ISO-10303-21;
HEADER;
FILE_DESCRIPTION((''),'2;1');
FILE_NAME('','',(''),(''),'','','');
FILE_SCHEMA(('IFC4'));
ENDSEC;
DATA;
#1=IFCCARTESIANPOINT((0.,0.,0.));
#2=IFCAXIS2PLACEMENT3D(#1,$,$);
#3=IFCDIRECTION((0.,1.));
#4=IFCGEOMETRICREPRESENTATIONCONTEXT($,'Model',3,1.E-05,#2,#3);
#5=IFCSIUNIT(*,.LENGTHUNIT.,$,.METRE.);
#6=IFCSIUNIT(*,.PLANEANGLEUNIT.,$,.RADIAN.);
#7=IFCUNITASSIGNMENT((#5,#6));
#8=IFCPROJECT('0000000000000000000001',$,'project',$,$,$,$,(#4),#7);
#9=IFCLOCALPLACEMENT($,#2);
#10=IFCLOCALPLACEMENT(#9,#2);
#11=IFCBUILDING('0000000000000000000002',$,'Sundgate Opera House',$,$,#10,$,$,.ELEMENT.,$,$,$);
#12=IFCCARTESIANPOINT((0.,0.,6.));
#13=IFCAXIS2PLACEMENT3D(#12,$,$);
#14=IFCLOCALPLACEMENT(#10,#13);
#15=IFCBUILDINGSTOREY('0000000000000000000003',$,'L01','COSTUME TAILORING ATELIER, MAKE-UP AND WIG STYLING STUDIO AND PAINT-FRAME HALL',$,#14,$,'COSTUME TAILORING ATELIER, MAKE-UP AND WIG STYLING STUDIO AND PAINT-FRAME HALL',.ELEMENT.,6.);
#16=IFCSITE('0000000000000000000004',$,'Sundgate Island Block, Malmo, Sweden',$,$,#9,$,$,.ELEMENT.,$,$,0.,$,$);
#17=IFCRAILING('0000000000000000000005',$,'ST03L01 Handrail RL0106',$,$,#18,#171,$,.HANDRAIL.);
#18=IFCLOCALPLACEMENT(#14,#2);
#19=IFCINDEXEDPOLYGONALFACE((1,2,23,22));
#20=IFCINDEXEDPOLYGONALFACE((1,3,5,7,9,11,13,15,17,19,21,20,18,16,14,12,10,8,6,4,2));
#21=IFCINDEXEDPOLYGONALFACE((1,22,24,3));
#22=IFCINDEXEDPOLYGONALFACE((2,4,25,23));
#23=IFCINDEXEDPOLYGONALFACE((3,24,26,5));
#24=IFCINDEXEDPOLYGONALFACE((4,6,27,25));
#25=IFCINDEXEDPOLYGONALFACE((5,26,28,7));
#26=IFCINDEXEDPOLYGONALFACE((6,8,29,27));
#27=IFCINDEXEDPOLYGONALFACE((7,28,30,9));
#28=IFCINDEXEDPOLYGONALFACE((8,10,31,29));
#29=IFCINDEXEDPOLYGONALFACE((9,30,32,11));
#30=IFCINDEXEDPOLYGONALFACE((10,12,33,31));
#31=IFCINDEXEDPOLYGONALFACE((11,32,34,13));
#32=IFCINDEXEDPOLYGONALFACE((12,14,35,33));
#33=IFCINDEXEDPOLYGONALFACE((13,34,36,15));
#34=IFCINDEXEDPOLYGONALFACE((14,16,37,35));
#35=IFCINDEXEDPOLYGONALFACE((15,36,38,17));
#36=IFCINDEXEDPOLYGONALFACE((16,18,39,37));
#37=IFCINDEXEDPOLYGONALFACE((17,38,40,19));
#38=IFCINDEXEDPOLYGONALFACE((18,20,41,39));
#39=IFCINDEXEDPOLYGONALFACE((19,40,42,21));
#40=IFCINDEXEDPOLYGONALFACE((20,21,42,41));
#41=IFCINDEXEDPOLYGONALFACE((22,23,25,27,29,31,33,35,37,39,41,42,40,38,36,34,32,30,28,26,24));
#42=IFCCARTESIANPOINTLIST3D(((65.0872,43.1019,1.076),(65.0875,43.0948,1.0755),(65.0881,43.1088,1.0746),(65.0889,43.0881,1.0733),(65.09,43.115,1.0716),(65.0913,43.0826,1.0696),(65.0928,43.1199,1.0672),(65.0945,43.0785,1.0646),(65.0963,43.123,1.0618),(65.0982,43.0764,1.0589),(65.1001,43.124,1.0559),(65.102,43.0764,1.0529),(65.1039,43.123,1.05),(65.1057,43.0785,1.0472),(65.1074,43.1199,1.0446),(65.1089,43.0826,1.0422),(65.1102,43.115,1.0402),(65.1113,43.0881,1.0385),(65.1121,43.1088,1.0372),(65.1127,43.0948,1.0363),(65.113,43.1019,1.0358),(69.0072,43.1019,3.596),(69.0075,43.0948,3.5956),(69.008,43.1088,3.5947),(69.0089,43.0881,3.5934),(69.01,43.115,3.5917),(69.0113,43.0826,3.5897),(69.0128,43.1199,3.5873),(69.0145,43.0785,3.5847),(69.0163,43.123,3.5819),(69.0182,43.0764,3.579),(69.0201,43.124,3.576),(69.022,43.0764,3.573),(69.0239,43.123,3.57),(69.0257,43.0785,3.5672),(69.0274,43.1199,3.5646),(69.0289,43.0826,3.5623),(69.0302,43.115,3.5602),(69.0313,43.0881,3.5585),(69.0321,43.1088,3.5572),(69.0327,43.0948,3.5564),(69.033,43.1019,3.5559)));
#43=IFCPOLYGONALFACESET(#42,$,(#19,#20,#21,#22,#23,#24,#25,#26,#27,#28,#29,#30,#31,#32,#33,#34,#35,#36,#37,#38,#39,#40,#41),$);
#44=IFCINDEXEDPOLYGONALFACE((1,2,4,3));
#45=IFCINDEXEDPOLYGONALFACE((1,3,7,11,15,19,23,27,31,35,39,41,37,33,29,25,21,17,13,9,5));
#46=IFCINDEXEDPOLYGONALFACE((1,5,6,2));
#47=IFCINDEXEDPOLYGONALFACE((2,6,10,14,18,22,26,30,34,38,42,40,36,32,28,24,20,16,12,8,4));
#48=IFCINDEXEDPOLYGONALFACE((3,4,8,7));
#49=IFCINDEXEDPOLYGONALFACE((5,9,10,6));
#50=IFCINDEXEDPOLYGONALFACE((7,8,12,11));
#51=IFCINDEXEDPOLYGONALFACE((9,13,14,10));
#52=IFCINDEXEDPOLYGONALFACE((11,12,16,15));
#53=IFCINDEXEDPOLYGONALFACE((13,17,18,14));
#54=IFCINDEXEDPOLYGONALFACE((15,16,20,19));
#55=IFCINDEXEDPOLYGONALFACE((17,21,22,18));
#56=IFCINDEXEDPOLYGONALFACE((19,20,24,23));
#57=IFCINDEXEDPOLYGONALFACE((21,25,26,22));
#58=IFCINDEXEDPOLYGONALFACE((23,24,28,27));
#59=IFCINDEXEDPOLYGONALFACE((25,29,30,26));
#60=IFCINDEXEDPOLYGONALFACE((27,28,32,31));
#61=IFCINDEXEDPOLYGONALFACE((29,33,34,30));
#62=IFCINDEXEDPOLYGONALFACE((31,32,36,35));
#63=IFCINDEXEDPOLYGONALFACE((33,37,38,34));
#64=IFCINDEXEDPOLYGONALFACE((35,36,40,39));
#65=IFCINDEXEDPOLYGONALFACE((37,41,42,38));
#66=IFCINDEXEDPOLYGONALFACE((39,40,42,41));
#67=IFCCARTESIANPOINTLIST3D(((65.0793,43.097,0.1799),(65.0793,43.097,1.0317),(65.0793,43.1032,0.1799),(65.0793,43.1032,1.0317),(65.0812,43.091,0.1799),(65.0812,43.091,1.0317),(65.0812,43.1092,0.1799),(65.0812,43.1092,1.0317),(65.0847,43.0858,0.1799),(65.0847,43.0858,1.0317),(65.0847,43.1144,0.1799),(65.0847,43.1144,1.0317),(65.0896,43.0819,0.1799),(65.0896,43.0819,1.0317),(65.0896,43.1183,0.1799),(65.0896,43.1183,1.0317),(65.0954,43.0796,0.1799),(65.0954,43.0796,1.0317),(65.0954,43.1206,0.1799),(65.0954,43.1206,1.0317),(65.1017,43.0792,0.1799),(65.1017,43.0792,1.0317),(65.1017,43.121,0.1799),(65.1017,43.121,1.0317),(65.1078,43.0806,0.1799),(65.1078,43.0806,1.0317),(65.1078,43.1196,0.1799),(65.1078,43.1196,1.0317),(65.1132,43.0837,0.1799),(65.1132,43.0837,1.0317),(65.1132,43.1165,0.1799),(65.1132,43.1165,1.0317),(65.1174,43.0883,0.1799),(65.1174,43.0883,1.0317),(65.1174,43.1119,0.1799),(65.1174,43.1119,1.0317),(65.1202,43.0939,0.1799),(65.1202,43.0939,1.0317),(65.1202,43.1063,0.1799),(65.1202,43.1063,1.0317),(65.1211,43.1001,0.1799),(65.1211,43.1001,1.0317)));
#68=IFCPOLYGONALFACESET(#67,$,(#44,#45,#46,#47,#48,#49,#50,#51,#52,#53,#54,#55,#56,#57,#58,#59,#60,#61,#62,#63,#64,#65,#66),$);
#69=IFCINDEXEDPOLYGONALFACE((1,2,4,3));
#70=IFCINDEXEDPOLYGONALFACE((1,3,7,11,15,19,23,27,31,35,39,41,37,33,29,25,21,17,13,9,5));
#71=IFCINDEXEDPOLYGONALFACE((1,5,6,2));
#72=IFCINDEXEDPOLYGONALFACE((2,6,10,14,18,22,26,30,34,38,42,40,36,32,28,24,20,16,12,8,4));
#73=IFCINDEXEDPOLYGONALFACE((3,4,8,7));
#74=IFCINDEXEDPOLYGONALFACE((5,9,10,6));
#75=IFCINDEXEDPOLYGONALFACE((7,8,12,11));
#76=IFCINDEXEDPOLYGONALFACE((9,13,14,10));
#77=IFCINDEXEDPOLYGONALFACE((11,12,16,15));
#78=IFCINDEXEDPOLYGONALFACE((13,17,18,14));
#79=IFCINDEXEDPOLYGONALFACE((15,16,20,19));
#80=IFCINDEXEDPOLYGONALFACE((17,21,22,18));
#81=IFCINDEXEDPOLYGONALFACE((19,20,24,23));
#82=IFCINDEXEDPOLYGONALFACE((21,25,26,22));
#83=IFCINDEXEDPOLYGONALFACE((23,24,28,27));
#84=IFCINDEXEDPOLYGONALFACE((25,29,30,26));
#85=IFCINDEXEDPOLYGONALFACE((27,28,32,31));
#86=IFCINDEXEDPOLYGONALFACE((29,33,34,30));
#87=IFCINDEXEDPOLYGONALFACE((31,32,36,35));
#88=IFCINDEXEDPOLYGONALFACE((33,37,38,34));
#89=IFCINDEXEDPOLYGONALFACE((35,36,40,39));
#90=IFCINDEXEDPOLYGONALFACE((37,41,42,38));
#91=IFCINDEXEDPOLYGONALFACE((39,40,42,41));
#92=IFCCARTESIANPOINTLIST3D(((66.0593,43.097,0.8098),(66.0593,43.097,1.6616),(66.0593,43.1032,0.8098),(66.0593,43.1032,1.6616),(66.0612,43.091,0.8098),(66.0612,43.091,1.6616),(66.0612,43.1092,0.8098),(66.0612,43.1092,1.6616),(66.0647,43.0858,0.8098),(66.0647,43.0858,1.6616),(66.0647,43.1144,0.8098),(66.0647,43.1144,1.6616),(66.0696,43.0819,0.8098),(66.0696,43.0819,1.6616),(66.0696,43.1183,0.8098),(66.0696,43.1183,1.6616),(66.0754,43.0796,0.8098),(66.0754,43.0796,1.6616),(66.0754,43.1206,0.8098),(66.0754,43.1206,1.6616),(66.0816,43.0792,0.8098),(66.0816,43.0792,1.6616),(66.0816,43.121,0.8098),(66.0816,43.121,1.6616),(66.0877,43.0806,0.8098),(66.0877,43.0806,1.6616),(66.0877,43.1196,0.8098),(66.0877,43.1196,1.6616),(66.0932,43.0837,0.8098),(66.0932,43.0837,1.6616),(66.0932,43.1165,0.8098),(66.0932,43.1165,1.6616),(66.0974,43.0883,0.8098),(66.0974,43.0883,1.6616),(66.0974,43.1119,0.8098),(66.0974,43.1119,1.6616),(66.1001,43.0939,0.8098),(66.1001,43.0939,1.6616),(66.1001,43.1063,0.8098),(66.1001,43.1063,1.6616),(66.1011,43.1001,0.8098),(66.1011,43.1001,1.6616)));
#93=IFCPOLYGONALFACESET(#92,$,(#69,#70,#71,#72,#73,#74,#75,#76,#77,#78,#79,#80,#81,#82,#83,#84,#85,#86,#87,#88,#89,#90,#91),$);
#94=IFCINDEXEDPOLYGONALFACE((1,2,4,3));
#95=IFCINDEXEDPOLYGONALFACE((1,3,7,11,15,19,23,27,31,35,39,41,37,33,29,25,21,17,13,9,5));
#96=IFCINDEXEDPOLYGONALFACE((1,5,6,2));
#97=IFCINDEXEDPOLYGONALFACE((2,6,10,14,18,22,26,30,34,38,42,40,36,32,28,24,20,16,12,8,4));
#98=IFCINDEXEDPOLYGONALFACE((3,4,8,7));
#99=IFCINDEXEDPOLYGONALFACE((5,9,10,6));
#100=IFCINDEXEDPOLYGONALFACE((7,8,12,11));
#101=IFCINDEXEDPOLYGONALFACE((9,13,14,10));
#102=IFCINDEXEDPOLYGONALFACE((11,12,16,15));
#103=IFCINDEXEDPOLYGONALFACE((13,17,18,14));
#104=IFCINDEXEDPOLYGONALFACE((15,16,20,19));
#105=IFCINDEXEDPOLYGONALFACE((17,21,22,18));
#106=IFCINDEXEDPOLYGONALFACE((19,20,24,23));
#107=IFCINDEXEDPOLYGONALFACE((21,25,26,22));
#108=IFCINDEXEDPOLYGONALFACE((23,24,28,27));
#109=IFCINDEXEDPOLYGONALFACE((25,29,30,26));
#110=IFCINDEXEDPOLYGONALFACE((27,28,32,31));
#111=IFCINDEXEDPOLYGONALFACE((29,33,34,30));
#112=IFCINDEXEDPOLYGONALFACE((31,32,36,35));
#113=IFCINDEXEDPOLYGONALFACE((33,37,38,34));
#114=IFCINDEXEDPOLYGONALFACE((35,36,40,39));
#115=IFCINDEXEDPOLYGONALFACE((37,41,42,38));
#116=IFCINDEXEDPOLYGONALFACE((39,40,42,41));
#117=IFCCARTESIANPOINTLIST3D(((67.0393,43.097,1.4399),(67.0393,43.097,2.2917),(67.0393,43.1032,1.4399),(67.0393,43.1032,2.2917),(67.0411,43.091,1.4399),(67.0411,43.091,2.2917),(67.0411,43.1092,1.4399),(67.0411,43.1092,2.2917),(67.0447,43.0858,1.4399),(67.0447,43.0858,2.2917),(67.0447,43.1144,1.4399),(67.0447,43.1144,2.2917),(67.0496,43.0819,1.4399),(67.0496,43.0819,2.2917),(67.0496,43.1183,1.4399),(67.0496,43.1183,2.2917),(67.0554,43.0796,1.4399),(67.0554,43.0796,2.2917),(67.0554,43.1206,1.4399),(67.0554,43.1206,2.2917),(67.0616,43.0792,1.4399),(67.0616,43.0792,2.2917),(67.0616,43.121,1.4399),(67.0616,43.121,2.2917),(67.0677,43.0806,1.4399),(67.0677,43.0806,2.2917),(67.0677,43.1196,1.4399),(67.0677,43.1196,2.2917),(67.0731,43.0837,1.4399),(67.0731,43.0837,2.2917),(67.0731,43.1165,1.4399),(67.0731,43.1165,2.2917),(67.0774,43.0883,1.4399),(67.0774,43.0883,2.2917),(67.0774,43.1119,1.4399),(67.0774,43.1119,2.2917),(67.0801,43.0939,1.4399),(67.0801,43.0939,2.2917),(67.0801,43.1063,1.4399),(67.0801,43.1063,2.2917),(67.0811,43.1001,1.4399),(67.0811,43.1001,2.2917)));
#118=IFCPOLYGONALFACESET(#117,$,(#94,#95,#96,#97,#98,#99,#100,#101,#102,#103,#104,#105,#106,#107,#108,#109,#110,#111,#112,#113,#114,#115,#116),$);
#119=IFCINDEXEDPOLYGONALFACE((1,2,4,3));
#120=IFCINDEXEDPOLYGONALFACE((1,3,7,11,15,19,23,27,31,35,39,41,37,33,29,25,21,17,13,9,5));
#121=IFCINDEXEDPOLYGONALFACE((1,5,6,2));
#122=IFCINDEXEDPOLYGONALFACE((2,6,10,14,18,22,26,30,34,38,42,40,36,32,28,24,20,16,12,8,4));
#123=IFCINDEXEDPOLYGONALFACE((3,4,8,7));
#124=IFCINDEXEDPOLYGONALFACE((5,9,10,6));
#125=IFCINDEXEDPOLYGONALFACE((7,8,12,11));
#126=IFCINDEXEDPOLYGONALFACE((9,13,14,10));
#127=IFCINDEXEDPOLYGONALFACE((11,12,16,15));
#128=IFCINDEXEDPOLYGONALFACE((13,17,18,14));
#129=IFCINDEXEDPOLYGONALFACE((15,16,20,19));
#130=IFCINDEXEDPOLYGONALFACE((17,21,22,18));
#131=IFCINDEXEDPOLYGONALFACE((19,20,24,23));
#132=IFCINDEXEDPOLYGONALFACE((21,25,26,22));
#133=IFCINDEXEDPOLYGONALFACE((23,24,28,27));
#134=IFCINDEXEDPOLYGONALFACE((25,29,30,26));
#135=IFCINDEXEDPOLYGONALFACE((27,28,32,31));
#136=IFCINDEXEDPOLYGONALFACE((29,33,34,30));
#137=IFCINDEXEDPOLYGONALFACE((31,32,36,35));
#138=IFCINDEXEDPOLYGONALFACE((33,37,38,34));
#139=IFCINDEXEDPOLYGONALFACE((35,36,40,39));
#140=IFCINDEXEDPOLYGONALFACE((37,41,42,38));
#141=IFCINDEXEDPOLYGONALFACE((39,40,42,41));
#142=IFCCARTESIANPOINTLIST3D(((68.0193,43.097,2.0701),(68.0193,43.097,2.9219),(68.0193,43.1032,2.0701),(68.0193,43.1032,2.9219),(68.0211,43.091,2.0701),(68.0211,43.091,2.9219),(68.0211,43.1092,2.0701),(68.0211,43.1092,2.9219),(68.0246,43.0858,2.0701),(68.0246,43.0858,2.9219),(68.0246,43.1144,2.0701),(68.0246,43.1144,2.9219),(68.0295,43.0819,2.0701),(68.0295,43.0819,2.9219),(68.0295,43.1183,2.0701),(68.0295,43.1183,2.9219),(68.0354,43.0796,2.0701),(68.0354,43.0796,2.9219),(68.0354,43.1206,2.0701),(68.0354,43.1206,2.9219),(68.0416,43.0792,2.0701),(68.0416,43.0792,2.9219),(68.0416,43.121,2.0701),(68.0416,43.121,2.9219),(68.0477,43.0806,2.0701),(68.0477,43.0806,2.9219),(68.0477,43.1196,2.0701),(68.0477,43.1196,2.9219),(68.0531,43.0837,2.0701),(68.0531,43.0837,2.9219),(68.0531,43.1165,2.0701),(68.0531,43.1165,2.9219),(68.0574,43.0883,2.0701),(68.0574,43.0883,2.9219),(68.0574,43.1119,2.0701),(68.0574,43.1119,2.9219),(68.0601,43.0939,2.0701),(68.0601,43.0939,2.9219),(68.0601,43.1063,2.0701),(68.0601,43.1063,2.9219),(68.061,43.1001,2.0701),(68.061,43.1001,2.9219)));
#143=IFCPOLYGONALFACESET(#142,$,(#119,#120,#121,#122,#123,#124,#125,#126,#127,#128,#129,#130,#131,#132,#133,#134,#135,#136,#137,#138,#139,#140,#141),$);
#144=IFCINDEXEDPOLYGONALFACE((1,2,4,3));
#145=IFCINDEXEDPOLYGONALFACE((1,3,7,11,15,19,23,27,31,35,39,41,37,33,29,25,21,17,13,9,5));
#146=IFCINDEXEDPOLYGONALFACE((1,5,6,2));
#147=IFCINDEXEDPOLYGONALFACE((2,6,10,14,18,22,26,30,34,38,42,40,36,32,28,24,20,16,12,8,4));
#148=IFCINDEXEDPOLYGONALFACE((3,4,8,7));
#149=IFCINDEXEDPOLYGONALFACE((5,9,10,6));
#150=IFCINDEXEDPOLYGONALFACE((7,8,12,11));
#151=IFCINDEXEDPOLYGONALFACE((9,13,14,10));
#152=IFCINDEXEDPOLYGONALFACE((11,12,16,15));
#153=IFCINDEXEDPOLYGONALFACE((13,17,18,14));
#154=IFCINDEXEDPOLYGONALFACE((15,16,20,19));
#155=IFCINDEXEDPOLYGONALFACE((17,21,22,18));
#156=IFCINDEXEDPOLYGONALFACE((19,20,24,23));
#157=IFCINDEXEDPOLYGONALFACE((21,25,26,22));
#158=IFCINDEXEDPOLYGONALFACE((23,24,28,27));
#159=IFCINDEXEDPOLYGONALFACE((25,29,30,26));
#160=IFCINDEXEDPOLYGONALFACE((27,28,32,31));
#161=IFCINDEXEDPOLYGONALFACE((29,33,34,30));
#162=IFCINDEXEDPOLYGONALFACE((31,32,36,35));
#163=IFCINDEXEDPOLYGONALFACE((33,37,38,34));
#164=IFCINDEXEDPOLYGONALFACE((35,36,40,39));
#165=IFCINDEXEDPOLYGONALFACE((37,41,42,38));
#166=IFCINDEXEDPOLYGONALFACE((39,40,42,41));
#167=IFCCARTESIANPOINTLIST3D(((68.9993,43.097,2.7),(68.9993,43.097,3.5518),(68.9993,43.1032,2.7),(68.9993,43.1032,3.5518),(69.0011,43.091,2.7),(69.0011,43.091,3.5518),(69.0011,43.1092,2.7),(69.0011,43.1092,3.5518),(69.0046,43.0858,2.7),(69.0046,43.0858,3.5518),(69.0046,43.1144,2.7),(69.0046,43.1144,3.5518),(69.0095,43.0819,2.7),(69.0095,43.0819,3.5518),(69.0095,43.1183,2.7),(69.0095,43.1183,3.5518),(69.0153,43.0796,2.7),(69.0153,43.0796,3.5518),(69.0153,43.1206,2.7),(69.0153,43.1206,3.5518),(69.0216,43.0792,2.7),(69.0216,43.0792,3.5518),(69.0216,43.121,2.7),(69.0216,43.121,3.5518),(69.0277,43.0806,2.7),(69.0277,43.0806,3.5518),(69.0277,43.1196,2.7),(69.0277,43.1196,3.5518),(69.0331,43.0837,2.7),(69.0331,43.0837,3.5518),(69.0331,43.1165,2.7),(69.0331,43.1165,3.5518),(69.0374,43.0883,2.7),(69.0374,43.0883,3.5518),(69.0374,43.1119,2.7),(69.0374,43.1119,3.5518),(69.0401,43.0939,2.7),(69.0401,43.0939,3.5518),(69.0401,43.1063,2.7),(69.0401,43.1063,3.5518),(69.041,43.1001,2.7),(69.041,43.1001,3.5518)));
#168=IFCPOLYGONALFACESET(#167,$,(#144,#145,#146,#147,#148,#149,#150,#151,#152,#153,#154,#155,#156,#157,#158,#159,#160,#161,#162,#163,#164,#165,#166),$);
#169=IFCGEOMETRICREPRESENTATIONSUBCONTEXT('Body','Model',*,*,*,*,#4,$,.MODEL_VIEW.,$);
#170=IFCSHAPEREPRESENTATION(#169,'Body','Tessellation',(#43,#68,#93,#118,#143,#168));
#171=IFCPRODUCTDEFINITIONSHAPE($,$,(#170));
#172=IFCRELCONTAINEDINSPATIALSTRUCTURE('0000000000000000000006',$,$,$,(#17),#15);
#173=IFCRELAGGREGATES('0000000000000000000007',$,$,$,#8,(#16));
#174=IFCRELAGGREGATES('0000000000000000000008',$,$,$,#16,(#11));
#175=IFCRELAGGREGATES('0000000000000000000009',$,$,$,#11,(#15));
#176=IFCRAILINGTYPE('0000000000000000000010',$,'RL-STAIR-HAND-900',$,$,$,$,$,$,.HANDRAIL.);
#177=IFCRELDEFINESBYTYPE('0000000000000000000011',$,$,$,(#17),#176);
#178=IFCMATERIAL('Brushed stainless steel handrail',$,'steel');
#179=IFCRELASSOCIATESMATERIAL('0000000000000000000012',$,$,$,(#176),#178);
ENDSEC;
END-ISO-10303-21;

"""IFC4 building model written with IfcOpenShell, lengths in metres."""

from ifc_helpers import new_model, si_unit, direction, frame, origin, origin_2d, place, context, subcontext, project, spatial, circle, extrude, material, type_object, element, save


model = new_model("IFC4")

# Units and contexts
model_context = context("Model", 3, precision=1e-05, world=origin(), true_north=direction((0.0, 1.0)))
body_context = subcontext(model_context, "Body", "Model", "MODEL_VIEW")
ifc_project = project(units=[si_unit("LENGTHUNIT", "METRE"), si_unit("PLANEANGLEUNIT", "RADIAN")], contexts=[model_context])

# Site, building, storey
site_placement = place(None, origin())
site = spatial("IfcSite", under=ifc_project, at=site_placement, Name="Sundgate Island Block, Malmo, Sweden", CompositionType="ELEMENT", RefElevation=0.0)
building_placement = place(site_placement, origin())
building = spatial("IfcBuilding", under=site, at=building_placement, Name="Sundgate Opera House", CompositionType="ELEMENT")
storey_placement = place(building_placement, frame((0.0, 0.0, 6.0)))
storey = spatial("IfcBuildingStorey", under=building, at=storey_placement, Name="L01", Description="COSTUME TAILORING ATELIER, MAKE-UP AND WIG STYLING STUDIO AND PAINT-FRAME HALL", LongName="COSTUME TAILORING ATELIER, MAKE-UP AND WIG STYLING STUDIO AND PAINT-FRAME HALL", CompositionType="ELEMENT", Elevation=6.0)

# Railing
ifc_material_1 = material(Name="Brushed stainless steel handrail", Category="steel")
railing_type = type_object("IfcRailingType", Name="RL-STAIR-HAND-900", PredefinedType="HANDRAIL", material=ifc_material_1)
railing_placement = place(storey_placement, frame((65.1001, 43.1001, 0.1799)))
element("IfcRailing", 1, at=railing_placement, inside=storey, type_object=railing_type, Name="ST03L01 Handrail RL0106", PredefinedType="HANDRAIL", context=body_context, shape_type="SweptSolid", body=[
    extrude(circle(Radius=0.0239, at=origin_2d()), frame((0.0, 0.0, 0.876), z_axis=(0.841172, 0.0, 0.540768), x_axis=(0.0, 1.0, 0.0)), (0.0, 0.0, 1.0), 4.6602),
    extrude(circle(Radius=0.021, at=origin_2d()), origin(), (0.0, 0.0, 1.0), 0.8518),
    extrude(circle(Radius=0.021, at=origin_2d()), frame((0.98, 0.0, 0.6299)), (0.0, 0.0, 1.0), 0.8518),
    extrude(circle(Radius=0.021, at=origin_2d()), frame((1.96, 0.0, 1.26)), (0.0, 0.0, 1.0), 0.8518),
    extrude(circle(Radius=0.021, at=origin_2d()), frame((2.9399, 0.0, 1.8901)), (0.0, 0.0, 1.0), 0.8518),
    extrude(circle(Radius=0.021, at=origin_2d()), frame((3.9199, 0.0, 2.52)), (0.0, 0.0, 1.0), 0.8518),
])

save(model, "model.ifc")
